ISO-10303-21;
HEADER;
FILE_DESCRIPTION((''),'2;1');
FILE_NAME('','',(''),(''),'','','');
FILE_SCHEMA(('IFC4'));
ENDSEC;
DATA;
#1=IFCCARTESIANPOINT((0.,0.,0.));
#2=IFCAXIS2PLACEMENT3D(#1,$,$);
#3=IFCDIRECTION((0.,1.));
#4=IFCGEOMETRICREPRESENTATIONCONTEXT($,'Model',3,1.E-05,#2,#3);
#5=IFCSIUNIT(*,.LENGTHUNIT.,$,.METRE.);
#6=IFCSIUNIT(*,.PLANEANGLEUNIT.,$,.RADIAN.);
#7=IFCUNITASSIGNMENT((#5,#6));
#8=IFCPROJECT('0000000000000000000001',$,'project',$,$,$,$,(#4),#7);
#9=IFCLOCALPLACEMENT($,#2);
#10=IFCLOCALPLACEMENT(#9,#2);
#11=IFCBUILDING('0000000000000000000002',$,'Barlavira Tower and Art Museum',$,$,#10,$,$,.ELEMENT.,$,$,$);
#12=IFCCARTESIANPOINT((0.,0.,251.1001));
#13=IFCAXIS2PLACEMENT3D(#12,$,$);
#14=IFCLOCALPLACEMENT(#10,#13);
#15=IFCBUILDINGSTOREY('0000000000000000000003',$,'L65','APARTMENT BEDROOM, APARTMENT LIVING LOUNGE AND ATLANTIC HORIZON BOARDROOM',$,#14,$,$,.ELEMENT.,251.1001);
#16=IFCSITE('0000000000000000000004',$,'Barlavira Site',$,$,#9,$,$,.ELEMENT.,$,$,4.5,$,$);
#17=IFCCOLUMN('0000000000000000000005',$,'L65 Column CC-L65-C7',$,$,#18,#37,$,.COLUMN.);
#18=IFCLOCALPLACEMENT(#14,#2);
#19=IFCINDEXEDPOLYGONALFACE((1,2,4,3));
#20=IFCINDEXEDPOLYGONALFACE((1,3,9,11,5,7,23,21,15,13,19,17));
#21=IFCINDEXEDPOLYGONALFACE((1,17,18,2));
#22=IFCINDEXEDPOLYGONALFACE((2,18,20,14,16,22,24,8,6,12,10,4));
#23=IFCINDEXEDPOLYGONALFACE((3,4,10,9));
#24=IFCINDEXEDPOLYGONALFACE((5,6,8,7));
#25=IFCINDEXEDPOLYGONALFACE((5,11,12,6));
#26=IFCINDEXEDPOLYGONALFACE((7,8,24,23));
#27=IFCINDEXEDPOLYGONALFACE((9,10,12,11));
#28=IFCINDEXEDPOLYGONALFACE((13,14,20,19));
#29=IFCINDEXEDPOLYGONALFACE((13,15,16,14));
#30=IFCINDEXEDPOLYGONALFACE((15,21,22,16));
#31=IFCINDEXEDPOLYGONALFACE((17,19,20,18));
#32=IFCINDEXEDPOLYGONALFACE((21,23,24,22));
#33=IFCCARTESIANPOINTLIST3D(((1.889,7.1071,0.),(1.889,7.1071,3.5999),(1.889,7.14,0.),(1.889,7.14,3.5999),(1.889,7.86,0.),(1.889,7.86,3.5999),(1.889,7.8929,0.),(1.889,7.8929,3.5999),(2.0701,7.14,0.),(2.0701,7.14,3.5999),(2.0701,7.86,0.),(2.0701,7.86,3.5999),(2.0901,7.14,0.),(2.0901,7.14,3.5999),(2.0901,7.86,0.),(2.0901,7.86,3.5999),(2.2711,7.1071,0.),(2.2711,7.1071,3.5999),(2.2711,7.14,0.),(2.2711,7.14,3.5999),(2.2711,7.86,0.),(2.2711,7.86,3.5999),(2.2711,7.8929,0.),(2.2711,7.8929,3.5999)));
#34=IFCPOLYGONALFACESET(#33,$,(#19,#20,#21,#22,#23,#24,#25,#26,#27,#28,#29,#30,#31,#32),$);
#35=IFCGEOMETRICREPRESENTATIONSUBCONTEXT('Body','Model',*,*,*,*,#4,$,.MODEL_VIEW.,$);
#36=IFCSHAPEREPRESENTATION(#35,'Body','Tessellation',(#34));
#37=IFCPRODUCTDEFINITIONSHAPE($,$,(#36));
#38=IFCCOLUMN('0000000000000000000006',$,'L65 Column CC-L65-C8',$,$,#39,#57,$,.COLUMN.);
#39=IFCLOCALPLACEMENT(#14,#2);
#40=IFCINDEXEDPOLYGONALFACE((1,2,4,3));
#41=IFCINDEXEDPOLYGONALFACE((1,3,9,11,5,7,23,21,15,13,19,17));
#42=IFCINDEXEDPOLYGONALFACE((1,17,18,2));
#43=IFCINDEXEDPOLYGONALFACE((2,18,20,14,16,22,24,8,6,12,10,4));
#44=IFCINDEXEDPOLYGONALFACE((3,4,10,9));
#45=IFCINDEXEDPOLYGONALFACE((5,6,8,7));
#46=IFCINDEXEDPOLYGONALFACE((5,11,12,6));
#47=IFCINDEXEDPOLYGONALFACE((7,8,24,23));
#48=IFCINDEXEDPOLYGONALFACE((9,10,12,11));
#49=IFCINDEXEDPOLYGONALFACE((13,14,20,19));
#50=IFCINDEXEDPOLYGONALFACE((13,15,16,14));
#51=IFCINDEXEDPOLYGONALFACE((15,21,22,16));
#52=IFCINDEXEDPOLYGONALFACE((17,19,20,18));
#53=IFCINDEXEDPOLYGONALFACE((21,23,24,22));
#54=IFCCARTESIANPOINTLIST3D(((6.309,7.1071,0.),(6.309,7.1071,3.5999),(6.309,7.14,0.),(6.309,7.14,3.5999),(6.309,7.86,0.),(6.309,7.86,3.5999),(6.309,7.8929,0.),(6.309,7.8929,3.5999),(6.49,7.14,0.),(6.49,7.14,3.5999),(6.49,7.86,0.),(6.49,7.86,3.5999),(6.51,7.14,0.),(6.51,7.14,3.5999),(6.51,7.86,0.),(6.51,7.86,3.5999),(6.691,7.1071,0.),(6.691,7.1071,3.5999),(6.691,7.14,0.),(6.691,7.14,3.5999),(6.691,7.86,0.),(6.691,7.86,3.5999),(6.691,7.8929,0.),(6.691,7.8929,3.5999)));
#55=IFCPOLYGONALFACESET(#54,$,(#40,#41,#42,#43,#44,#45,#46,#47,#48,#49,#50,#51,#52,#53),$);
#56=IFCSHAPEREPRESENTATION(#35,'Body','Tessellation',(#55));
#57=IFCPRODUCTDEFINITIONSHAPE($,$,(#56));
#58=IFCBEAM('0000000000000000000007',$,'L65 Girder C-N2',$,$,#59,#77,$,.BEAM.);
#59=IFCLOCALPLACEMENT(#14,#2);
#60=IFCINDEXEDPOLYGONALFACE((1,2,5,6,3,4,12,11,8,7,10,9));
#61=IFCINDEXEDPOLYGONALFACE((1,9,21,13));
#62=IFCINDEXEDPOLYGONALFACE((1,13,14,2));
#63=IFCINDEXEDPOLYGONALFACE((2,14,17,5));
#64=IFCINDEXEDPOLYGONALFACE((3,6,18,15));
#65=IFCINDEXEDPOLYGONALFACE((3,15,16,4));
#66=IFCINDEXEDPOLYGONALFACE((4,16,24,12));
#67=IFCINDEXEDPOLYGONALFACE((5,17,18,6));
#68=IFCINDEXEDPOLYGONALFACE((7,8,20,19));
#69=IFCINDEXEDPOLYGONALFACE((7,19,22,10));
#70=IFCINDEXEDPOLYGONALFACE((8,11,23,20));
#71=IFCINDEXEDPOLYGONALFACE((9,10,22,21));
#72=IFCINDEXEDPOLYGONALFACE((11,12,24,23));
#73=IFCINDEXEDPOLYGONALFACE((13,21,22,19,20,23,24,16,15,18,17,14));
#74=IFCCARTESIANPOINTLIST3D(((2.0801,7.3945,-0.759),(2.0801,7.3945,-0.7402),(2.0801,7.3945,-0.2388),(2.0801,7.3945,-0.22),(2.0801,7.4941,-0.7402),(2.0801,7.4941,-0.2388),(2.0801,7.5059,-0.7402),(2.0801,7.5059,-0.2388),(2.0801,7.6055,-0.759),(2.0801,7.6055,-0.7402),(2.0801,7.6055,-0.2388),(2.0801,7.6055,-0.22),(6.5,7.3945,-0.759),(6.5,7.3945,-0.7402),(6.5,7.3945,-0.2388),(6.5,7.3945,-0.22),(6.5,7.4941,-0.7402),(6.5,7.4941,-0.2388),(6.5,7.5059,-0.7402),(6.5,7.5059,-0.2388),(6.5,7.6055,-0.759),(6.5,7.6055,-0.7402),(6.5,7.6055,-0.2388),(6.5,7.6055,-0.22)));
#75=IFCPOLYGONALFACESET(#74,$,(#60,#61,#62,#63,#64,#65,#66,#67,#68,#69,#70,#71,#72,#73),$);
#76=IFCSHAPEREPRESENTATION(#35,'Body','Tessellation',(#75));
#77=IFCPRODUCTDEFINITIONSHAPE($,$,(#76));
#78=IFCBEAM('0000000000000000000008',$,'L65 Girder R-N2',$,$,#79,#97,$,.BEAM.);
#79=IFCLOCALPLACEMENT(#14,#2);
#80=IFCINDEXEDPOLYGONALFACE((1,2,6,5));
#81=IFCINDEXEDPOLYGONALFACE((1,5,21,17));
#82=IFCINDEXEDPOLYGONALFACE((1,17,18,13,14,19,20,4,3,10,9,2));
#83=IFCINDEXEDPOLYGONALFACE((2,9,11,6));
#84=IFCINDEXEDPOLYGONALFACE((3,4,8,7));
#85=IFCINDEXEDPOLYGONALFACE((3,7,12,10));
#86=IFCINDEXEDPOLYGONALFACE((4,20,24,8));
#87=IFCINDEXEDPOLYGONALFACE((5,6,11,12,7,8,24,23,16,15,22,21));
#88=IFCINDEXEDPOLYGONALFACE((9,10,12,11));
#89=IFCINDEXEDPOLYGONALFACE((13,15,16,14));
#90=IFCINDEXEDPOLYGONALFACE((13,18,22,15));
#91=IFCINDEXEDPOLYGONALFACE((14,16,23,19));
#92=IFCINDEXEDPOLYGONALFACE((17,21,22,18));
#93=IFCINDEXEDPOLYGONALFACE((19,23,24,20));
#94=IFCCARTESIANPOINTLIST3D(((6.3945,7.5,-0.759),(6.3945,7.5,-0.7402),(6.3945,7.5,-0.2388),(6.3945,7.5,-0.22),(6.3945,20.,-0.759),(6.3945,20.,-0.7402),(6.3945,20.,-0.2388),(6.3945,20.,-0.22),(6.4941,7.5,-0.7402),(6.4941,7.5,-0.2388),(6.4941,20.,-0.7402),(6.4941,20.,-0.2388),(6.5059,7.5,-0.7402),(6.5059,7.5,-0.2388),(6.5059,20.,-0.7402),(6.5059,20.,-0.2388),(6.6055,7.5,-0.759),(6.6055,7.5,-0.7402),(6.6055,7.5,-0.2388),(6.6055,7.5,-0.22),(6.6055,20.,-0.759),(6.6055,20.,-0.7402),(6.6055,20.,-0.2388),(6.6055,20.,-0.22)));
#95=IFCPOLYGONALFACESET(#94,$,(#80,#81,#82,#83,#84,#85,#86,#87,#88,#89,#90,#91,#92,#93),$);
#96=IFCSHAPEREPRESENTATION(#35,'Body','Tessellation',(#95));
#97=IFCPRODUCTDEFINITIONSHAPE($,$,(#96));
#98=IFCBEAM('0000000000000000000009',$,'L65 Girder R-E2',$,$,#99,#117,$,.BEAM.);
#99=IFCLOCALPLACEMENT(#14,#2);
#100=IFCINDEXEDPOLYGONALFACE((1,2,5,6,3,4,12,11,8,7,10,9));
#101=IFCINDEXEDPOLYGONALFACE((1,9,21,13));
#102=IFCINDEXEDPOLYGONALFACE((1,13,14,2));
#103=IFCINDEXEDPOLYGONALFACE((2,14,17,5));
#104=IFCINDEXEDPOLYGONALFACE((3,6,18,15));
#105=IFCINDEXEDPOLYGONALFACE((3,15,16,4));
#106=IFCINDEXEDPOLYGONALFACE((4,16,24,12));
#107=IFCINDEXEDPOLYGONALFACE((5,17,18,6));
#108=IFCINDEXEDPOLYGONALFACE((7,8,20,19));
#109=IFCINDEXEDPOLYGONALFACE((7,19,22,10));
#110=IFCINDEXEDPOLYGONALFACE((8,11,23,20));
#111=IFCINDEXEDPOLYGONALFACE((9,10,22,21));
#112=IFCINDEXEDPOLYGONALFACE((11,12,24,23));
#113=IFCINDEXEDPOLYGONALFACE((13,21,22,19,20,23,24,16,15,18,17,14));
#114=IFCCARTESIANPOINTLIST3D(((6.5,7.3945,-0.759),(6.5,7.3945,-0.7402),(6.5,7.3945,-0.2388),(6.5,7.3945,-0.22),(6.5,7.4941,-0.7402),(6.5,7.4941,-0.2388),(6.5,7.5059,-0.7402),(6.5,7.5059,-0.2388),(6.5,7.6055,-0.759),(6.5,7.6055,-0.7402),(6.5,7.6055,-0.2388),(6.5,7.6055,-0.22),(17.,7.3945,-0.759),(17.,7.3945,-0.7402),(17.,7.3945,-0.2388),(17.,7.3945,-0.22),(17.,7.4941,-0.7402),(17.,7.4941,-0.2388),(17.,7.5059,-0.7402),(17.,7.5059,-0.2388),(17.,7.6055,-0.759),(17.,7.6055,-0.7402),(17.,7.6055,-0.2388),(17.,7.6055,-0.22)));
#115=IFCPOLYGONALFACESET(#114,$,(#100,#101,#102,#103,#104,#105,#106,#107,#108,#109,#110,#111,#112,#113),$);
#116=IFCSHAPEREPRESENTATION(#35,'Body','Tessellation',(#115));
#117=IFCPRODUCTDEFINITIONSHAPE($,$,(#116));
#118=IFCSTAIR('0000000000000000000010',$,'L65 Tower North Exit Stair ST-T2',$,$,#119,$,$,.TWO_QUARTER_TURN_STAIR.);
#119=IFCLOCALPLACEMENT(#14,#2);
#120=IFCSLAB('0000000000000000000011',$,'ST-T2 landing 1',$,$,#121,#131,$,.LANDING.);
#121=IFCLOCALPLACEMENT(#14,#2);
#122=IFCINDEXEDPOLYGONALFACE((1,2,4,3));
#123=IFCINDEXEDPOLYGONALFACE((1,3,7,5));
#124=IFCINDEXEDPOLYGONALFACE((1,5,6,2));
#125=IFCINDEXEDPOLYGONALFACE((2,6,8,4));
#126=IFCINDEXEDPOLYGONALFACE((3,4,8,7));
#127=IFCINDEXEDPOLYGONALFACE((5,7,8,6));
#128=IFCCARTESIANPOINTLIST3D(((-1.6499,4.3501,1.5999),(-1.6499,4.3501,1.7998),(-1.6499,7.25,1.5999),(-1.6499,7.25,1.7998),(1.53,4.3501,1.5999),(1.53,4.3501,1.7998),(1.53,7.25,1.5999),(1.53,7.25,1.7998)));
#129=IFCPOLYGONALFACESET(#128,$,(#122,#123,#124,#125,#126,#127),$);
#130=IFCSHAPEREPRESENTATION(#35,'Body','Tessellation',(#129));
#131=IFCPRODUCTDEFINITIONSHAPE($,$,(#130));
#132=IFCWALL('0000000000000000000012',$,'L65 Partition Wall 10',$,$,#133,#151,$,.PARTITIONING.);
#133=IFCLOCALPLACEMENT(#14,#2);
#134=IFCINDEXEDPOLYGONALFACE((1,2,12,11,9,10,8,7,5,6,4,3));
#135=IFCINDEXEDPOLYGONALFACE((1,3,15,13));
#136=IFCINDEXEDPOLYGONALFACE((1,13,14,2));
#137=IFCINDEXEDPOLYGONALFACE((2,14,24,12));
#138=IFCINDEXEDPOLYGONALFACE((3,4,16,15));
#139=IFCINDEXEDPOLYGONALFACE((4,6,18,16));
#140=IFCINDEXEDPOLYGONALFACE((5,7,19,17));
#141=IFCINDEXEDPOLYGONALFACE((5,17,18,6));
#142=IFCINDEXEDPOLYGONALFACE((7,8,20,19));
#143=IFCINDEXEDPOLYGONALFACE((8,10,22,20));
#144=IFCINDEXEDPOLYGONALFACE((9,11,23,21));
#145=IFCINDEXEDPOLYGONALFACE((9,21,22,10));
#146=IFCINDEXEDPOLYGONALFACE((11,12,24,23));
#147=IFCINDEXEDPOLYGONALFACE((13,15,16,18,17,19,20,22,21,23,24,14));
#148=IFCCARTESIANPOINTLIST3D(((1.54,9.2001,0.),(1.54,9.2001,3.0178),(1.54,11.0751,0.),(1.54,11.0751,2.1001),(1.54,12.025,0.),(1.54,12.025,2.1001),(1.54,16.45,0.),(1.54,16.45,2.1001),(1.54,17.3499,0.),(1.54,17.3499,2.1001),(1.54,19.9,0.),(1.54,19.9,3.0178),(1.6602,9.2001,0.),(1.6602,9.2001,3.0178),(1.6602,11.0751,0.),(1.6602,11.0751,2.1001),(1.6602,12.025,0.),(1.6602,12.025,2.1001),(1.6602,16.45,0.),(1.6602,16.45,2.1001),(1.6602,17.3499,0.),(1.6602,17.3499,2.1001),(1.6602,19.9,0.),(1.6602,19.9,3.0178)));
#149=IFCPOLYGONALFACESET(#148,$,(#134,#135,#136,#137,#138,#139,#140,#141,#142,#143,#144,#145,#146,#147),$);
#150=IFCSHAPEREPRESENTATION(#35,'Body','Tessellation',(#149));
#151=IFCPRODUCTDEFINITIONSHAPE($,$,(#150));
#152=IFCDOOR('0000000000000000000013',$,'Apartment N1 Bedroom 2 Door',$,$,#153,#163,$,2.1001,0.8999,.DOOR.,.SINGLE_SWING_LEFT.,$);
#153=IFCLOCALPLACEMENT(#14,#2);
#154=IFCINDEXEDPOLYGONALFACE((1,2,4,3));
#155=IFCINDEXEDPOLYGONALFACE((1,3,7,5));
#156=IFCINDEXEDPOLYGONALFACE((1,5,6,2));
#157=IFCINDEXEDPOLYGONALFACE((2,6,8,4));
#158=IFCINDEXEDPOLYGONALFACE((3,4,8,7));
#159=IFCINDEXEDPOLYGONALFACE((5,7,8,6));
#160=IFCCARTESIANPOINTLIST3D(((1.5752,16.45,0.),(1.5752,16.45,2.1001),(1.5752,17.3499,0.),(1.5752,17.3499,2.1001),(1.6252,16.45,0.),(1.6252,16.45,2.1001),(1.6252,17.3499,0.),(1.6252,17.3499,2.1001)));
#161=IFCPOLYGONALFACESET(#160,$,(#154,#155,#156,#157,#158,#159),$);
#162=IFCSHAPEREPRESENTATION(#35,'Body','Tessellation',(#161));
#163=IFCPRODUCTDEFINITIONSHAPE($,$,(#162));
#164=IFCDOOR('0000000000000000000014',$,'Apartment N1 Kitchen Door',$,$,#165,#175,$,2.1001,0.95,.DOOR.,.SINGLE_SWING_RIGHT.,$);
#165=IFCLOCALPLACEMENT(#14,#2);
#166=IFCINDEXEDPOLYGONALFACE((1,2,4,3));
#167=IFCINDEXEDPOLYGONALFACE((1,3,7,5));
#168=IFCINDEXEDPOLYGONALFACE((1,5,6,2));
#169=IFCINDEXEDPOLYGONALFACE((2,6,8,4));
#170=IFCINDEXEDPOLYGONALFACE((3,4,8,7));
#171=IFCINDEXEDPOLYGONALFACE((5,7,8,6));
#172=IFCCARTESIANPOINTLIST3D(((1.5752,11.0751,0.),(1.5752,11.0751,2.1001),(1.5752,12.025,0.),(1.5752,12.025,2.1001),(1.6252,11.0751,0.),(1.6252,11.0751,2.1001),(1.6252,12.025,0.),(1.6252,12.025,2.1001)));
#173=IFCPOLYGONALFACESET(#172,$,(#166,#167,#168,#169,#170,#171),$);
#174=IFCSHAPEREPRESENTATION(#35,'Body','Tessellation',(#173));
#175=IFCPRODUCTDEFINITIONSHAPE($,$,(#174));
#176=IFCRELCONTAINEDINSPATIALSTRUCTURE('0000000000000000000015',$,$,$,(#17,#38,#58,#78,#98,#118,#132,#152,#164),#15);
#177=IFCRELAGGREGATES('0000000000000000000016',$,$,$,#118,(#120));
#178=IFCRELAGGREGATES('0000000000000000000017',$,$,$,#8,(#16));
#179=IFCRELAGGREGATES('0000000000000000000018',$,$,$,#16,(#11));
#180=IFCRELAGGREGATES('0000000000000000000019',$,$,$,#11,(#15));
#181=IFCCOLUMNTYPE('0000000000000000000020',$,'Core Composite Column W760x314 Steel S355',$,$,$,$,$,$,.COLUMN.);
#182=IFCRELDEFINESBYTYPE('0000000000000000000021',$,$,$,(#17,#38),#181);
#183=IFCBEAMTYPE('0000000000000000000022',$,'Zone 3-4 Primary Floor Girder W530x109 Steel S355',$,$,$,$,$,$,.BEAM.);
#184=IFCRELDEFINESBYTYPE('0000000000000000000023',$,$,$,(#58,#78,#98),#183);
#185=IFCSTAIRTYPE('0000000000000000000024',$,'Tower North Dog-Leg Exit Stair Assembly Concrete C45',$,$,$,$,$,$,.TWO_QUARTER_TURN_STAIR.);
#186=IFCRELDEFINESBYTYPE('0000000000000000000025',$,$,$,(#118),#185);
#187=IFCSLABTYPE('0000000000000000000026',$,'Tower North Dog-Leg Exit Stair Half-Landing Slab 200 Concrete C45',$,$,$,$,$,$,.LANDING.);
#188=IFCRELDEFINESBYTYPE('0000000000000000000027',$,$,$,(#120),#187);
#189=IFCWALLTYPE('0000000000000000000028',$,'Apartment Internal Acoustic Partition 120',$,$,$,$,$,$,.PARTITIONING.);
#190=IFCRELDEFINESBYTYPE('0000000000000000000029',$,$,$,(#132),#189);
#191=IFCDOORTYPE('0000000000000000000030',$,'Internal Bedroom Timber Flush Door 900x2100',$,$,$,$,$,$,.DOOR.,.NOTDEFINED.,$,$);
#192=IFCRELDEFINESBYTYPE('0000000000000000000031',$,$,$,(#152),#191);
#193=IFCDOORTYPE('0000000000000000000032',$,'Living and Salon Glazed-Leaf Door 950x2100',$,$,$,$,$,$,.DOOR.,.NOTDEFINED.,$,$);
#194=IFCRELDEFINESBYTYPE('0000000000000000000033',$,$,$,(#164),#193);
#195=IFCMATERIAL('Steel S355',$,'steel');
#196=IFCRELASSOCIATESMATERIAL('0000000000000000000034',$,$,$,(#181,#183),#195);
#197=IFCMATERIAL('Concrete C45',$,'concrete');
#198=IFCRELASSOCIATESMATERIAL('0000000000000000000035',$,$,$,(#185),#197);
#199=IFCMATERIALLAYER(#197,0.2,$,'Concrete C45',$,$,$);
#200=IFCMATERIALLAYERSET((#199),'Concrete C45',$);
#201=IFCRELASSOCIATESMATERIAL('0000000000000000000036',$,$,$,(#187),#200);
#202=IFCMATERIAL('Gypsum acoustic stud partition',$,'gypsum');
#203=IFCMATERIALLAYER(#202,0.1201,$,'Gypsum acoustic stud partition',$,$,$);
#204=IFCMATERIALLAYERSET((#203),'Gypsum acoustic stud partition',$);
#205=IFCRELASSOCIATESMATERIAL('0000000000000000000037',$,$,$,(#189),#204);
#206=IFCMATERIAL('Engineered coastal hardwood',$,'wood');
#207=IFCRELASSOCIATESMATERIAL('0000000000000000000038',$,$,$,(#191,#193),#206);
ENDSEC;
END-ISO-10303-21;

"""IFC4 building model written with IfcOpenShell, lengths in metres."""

from ifc_helpers import new_model, si_unit, direction, frame, frame_2d, origin, origin_2d, place, context, subcontext, project, spatial, polyline, rectangle, i_section, outline, extrude, material, layer, layer_set, material_profile, profile_set, type_object, element, fill, aggregate, save


model = new_model("IFC4")

# Units and contexts
model_context = context("Model", 3, precision=1e-05, world=origin(), true_north=direction((0.0, 1.0)))
body_context = subcontext(model_context, "Body", "Model", "MODEL_VIEW")
ifc_project = project(units=[si_unit("LENGTHUNIT", "METRE"), si_unit("PLANEANGLEUNIT", "RADIAN")], contexts=[model_context])

# Site, building, storey
site_placement = place(None, origin())
site = spatial("IfcSite", under=ifc_project, at=site_placement, Name="Barlavira Site", CompositionType="ELEMENT", RefElevation=4.5)
building_placement = place(site_placement, origin())
building = spatial("IfcBuilding", under=site, at=building_placement, Name="Barlavira Tower and Art Museum", CompositionType="ELEMENT")
storey_placement = place(building_placement, frame((0.0, 0.0, 251.1001)))
storey = spatial("IfcBuildingStorey", under=building, at=storey_placement, Name="L65", Description="APARTMENT BEDROOM, APARTMENT LIVING LOUNGE AND ATLANTIC HORIZON BOARDROOM", CompositionType="ELEMENT", Elevation=251.1001)

# Columns
ifc_material_1 = material(Name="Steel S355", Category="steel")
ifc_material_profile_1 = material_profile(ifc_material_1, i_section(OverallWidth=0.3821, OverallDepth=0.7859, WebThickness=0.02, FlangeThickness=0.033, at=origin_2d()), Name="W760x314.0")
ifc_profile_set_1 = profile_set([ifc_material_profile_1], Name="Steel S355")
column_type = type_object("IfcColumnType", Name="Core Composite Column W760x314 Steel S355", PredefinedType="COLUMN", material=ifc_profile_set_1)
for number, where, z_axis, x_axis, name in (
    (1, (2.0801, 7.5, 0.0), (0.0, 0.0, 1.0), (1.0, 0.0, 0.0), "L65 Column CC-L65-C7"),
    (2, (6.5, 7.5, 0.0), (0.0, 0.0, 1.0), (1.0, 0.0, 0.0), "L65 Column CC-L65-C8"),
):
    element("IfcColumn", number, at=place(storey_placement, frame(where, z_axis=z_axis, x_axis=x_axis)), inside=storey, type_object=column_type, Name=name, PredefinedType="COLUMN", context=body_context, shape_type="SweptSolid", body=[
        extrude(i_section(OverallWidth=0.3821, OverallDepth=0.7859, WebThickness=0.02, FlangeThickness=0.033, at=origin_2d()), origin(), (0.0, 0.0, 1.0), 3.5999),
    ])

# Beams
ifc_material_profile_2 = material_profile(ifc_material_1, i_section(OverallWidth=0.2109, OverallDepth=0.5391, WebThickness=0.0117, FlangeThickness=0.0188, at=origin_2d()), Name="W530x109.0")
ifc_profile_set_2 = profile_set([ifc_material_profile_2], Name="Steel S355")
beam_type = type_object("IfcBeamType", Name="Zone 3-4 Primary Floor Girder W530x109 Steel S355", PredefinedType="BEAM", material=ifc_profile_set_2)
beam_1_placement = place(storey_placement, frame((2.0801, 7.5, -0.4895), z_axis=(1.0, 0.0, 0.0), x_axis=(0.0, 1.0, 0.0)))
element("IfcBeam", 3, at=beam_1_placement, inside=storey, type_object=beam_type, Name="L65 Girder C-N2", PredefinedType="BEAM", context=body_context, shape_type="SweptSolid", body=[
    extrude(i_section(OverallWidth=0.2109, OverallDepth=0.5391, WebThickness=0.0117, FlangeThickness=0.0188, at=origin_2d()), origin(), (0.0, 0.0, 1.0), 4.4199),
])
beam_2_placement = place(storey_placement, frame((6.5, 7.5, -0.4895), z_axis=(0.0, 1.0, 0.0), x_axis=(-1.0, 0.0, 0.0)))
element("IfcBeam", 4, at=beam_2_placement, inside=storey, type_object=beam_type, Name="L65 Girder R-N2", PredefinedType="BEAM", context=body_context, shape_type="SweptSolid", body=[
    extrude(i_section(OverallWidth=0.2109, OverallDepth=0.5391, WebThickness=0.0117, FlangeThickness=0.0188, at=origin_2d()), origin(), (0.0, 0.0, 1.0), 12.5),
])
beam_3_placement = place(storey_placement, frame((6.5, 7.5, -0.4895), z_axis=(1.0, 0.0, 0.0), x_axis=(0.0, 1.0, 0.0)))
element("IfcBeam", 5, at=beam_3_placement, inside=storey, type_object=beam_type, Name="L65 Girder R-E2", PredefinedType="BEAM", context=body_context, shape_type="SweptSolid", body=[
    extrude(i_section(OverallWidth=0.2109, OverallDepth=0.5391, WebThickness=0.0117, FlangeThickness=0.0188, at=origin_2d()), origin(), (0.0, 0.0, 1.0), 10.5),
])

# Stair, slab
ifc_material_2 = material(Name="Concrete C45", Category="concrete")
stair_type = type_object("IfcStairType", Name="Tower North Dog-Leg Exit Stair Assembly Concrete C45", PredefinedType="TWO_QUARTER_TURN_STAIR", material=ifc_material_2)
stair_placement = place(storey_placement, origin())
stair = element("IfcStair", 6, at=stair_placement, inside=storey, type_object=stair_type, Name="L65 Tower North Exit Stair ST-T2", PredefinedType="TWO_QUARTER_TURN_STAIR")
ifc_layer_1 = layer(ifc_material_2, 0.2, Name="Concrete C45")
ifc_layer_set_1 = layer_set([ifc_layer_1], Name="Concrete C45")
slab_type = type_object("IfcSlabType", Name="Tower North Dog-Leg Exit Stair Half-Landing Slab 200 Concrete C45", PredefinedType="LANDING", material=ifc_layer_set_1)
slab_placement = place(storey_placement, frame((0.0, 0.0, 1.5999)))
slab = element("IfcSlab", 7, at=slab_placement, type_object=slab_type, Name="ST-T2 landing 1", PredefinedType="LANDING", context=body_context, shape_type="SweptSolid", body=[
    extrude(outline(polyline([(-1.6499, 4.3501), (1.53, 4.3501), (1.53, 7.25), (-1.6499, 7.25), (-1.6499, 4.3501)])), origin(), (0.0, 0.0, 1.0), 0.2),
])
aggregate(stair, [slab])

# Wall, openings, doors
ifc_material_3 = material(Name="Gypsum acoustic stud partition", Category="gypsum")
ifc_layer_2 = layer(ifc_material_3, 0.1201, Name="Gypsum acoustic stud partition")
ifc_layer_set_2 = layer_set([ifc_layer_2], Name="Gypsum acoustic stud partition")
wall_type_1 = type_object("IfcWallType", Name="Apartment Internal Acoustic Partition 120", PredefinedType="PARTITIONING", material=ifc_layer_set_2)
wall_1_placement = place(storey_placement, frame((1.6001, 9.2, 0.0), z_axis=(0.0, 0.0, 1.0), x_axis=(0.0, 1.0, 0.0)))
wall_1 = element("IfcWall", 8, at=wall_1_placement, inside=storey, type_object=wall_type_1, Name="L65 Partition Wall 10", PredefinedType="PARTITIONING", context=body_context, shape_type="SweptSolid", body=[
    extrude(rectangle(XDim=10.7, YDim=0.1201, at=frame_2d((5.3501, 0.0))), origin(), (0.0, 0.0, 1.0), 3.0178),
])
opening_1_placement = place(wall_1_placement, frame((1.875, 0.0, 0.0)))
opening_1 = element("IfcOpeningElement", 9, at=opening_1_placement, cuts=wall_1, PredefinedType="OPENING", context=body_context, shape_type="SweptSolid", body=[
    extrude(rectangle(XDim=0.95, YDim=2.1001, at=frame_2d((0.4751, 1.05))), frame((0.0, 0.0701, 0.0), z_axis=(0.0, -1.0, 0.0), x_axis=(1.0, 0.0, 0.0)), (0.0, 0.0, 1.0), 0.1401),
])
opening_2_placement = place(wall_1_placement, frame((7.25, 0.0, 0.0)))
opening_2 = element("IfcOpeningElement", 10, at=opening_2_placement, cuts=wall_1, PredefinedType="OPENING", context=body_context, shape_type="SweptSolid", body=[
    extrude(rectangle(XDim=0.8999, YDim=2.1001, at=frame_2d((0.45, 1.05))), frame((0.0, 0.0701, 0.0), z_axis=(0.0, -1.0, 0.0), x_axis=(1.0, 0.0, 0.0)), (0.0, 0.0, 1.0), 0.1401),
])
ifc_material_4 = material(Name="Engineered coastal hardwood", Category="wood")
door_type_1 = type_object("IfcDoorType", Name="Internal Bedroom Timber Flush Door 900x2100", OperationType="NOTDEFINED", PredefinedType="DOOR", material=ifc_material_4)
door_1_placement = place(opening_2_placement, origin())
door_1 = element("IfcDoor", 11, at=door_1_placement, inside=storey, type_object=door_type_1, Name="Apartment N1 Bedroom 2 Door", OperationType="SINGLE_SWING_LEFT", OverallHeight=2.1001, OverallWidth=0.8999, PredefinedType="DOOR", context=body_context, shape_type="SweptSolid", body=[
    extrude(rectangle(XDim=0.8999, YDim=2.1001, at=frame_2d((0.45, 1.05))), frame((0.0, 0.0249, 0.0), z_axis=(0.0, -1.0, 0.0), x_axis=(1.0, 0.0, 0.0)), (0.0, 0.0, 1.0), 0.05),
])
fill(opening_2, door_1)
door_type_2 = type_object("IfcDoorType", Name="Living and Salon Glazed-Leaf Door 950x2100", OperationType="NOTDEFINED", PredefinedType="DOOR", material=ifc_material_4)
door_2_placement = place(opening_1_placement, origin())
door_2 = element("IfcDoor", 12, at=door_2_placement, inside=storey, type_object=door_type_2, Name="Apartment N1 Kitchen Door", OperationType="SINGLE_SWING_RIGHT", OverallHeight=2.1001, OverallWidth=0.95, PredefinedType="DOOR", context=body_context, shape_type="SweptSolid", body=[
    extrude(rectangle(XDim=0.95, YDim=2.1001, at=frame_2d((0.4751, 1.05))), frame((0.0, 0.0249, 0.0), z_axis=(0.0, -1.0, 0.0), x_axis=(1.0, 0.0, 0.0)), (0.0, 0.0, 1.0), 0.05),
])
fill(opening_1, door_2)

save(model, "model.ifc")
